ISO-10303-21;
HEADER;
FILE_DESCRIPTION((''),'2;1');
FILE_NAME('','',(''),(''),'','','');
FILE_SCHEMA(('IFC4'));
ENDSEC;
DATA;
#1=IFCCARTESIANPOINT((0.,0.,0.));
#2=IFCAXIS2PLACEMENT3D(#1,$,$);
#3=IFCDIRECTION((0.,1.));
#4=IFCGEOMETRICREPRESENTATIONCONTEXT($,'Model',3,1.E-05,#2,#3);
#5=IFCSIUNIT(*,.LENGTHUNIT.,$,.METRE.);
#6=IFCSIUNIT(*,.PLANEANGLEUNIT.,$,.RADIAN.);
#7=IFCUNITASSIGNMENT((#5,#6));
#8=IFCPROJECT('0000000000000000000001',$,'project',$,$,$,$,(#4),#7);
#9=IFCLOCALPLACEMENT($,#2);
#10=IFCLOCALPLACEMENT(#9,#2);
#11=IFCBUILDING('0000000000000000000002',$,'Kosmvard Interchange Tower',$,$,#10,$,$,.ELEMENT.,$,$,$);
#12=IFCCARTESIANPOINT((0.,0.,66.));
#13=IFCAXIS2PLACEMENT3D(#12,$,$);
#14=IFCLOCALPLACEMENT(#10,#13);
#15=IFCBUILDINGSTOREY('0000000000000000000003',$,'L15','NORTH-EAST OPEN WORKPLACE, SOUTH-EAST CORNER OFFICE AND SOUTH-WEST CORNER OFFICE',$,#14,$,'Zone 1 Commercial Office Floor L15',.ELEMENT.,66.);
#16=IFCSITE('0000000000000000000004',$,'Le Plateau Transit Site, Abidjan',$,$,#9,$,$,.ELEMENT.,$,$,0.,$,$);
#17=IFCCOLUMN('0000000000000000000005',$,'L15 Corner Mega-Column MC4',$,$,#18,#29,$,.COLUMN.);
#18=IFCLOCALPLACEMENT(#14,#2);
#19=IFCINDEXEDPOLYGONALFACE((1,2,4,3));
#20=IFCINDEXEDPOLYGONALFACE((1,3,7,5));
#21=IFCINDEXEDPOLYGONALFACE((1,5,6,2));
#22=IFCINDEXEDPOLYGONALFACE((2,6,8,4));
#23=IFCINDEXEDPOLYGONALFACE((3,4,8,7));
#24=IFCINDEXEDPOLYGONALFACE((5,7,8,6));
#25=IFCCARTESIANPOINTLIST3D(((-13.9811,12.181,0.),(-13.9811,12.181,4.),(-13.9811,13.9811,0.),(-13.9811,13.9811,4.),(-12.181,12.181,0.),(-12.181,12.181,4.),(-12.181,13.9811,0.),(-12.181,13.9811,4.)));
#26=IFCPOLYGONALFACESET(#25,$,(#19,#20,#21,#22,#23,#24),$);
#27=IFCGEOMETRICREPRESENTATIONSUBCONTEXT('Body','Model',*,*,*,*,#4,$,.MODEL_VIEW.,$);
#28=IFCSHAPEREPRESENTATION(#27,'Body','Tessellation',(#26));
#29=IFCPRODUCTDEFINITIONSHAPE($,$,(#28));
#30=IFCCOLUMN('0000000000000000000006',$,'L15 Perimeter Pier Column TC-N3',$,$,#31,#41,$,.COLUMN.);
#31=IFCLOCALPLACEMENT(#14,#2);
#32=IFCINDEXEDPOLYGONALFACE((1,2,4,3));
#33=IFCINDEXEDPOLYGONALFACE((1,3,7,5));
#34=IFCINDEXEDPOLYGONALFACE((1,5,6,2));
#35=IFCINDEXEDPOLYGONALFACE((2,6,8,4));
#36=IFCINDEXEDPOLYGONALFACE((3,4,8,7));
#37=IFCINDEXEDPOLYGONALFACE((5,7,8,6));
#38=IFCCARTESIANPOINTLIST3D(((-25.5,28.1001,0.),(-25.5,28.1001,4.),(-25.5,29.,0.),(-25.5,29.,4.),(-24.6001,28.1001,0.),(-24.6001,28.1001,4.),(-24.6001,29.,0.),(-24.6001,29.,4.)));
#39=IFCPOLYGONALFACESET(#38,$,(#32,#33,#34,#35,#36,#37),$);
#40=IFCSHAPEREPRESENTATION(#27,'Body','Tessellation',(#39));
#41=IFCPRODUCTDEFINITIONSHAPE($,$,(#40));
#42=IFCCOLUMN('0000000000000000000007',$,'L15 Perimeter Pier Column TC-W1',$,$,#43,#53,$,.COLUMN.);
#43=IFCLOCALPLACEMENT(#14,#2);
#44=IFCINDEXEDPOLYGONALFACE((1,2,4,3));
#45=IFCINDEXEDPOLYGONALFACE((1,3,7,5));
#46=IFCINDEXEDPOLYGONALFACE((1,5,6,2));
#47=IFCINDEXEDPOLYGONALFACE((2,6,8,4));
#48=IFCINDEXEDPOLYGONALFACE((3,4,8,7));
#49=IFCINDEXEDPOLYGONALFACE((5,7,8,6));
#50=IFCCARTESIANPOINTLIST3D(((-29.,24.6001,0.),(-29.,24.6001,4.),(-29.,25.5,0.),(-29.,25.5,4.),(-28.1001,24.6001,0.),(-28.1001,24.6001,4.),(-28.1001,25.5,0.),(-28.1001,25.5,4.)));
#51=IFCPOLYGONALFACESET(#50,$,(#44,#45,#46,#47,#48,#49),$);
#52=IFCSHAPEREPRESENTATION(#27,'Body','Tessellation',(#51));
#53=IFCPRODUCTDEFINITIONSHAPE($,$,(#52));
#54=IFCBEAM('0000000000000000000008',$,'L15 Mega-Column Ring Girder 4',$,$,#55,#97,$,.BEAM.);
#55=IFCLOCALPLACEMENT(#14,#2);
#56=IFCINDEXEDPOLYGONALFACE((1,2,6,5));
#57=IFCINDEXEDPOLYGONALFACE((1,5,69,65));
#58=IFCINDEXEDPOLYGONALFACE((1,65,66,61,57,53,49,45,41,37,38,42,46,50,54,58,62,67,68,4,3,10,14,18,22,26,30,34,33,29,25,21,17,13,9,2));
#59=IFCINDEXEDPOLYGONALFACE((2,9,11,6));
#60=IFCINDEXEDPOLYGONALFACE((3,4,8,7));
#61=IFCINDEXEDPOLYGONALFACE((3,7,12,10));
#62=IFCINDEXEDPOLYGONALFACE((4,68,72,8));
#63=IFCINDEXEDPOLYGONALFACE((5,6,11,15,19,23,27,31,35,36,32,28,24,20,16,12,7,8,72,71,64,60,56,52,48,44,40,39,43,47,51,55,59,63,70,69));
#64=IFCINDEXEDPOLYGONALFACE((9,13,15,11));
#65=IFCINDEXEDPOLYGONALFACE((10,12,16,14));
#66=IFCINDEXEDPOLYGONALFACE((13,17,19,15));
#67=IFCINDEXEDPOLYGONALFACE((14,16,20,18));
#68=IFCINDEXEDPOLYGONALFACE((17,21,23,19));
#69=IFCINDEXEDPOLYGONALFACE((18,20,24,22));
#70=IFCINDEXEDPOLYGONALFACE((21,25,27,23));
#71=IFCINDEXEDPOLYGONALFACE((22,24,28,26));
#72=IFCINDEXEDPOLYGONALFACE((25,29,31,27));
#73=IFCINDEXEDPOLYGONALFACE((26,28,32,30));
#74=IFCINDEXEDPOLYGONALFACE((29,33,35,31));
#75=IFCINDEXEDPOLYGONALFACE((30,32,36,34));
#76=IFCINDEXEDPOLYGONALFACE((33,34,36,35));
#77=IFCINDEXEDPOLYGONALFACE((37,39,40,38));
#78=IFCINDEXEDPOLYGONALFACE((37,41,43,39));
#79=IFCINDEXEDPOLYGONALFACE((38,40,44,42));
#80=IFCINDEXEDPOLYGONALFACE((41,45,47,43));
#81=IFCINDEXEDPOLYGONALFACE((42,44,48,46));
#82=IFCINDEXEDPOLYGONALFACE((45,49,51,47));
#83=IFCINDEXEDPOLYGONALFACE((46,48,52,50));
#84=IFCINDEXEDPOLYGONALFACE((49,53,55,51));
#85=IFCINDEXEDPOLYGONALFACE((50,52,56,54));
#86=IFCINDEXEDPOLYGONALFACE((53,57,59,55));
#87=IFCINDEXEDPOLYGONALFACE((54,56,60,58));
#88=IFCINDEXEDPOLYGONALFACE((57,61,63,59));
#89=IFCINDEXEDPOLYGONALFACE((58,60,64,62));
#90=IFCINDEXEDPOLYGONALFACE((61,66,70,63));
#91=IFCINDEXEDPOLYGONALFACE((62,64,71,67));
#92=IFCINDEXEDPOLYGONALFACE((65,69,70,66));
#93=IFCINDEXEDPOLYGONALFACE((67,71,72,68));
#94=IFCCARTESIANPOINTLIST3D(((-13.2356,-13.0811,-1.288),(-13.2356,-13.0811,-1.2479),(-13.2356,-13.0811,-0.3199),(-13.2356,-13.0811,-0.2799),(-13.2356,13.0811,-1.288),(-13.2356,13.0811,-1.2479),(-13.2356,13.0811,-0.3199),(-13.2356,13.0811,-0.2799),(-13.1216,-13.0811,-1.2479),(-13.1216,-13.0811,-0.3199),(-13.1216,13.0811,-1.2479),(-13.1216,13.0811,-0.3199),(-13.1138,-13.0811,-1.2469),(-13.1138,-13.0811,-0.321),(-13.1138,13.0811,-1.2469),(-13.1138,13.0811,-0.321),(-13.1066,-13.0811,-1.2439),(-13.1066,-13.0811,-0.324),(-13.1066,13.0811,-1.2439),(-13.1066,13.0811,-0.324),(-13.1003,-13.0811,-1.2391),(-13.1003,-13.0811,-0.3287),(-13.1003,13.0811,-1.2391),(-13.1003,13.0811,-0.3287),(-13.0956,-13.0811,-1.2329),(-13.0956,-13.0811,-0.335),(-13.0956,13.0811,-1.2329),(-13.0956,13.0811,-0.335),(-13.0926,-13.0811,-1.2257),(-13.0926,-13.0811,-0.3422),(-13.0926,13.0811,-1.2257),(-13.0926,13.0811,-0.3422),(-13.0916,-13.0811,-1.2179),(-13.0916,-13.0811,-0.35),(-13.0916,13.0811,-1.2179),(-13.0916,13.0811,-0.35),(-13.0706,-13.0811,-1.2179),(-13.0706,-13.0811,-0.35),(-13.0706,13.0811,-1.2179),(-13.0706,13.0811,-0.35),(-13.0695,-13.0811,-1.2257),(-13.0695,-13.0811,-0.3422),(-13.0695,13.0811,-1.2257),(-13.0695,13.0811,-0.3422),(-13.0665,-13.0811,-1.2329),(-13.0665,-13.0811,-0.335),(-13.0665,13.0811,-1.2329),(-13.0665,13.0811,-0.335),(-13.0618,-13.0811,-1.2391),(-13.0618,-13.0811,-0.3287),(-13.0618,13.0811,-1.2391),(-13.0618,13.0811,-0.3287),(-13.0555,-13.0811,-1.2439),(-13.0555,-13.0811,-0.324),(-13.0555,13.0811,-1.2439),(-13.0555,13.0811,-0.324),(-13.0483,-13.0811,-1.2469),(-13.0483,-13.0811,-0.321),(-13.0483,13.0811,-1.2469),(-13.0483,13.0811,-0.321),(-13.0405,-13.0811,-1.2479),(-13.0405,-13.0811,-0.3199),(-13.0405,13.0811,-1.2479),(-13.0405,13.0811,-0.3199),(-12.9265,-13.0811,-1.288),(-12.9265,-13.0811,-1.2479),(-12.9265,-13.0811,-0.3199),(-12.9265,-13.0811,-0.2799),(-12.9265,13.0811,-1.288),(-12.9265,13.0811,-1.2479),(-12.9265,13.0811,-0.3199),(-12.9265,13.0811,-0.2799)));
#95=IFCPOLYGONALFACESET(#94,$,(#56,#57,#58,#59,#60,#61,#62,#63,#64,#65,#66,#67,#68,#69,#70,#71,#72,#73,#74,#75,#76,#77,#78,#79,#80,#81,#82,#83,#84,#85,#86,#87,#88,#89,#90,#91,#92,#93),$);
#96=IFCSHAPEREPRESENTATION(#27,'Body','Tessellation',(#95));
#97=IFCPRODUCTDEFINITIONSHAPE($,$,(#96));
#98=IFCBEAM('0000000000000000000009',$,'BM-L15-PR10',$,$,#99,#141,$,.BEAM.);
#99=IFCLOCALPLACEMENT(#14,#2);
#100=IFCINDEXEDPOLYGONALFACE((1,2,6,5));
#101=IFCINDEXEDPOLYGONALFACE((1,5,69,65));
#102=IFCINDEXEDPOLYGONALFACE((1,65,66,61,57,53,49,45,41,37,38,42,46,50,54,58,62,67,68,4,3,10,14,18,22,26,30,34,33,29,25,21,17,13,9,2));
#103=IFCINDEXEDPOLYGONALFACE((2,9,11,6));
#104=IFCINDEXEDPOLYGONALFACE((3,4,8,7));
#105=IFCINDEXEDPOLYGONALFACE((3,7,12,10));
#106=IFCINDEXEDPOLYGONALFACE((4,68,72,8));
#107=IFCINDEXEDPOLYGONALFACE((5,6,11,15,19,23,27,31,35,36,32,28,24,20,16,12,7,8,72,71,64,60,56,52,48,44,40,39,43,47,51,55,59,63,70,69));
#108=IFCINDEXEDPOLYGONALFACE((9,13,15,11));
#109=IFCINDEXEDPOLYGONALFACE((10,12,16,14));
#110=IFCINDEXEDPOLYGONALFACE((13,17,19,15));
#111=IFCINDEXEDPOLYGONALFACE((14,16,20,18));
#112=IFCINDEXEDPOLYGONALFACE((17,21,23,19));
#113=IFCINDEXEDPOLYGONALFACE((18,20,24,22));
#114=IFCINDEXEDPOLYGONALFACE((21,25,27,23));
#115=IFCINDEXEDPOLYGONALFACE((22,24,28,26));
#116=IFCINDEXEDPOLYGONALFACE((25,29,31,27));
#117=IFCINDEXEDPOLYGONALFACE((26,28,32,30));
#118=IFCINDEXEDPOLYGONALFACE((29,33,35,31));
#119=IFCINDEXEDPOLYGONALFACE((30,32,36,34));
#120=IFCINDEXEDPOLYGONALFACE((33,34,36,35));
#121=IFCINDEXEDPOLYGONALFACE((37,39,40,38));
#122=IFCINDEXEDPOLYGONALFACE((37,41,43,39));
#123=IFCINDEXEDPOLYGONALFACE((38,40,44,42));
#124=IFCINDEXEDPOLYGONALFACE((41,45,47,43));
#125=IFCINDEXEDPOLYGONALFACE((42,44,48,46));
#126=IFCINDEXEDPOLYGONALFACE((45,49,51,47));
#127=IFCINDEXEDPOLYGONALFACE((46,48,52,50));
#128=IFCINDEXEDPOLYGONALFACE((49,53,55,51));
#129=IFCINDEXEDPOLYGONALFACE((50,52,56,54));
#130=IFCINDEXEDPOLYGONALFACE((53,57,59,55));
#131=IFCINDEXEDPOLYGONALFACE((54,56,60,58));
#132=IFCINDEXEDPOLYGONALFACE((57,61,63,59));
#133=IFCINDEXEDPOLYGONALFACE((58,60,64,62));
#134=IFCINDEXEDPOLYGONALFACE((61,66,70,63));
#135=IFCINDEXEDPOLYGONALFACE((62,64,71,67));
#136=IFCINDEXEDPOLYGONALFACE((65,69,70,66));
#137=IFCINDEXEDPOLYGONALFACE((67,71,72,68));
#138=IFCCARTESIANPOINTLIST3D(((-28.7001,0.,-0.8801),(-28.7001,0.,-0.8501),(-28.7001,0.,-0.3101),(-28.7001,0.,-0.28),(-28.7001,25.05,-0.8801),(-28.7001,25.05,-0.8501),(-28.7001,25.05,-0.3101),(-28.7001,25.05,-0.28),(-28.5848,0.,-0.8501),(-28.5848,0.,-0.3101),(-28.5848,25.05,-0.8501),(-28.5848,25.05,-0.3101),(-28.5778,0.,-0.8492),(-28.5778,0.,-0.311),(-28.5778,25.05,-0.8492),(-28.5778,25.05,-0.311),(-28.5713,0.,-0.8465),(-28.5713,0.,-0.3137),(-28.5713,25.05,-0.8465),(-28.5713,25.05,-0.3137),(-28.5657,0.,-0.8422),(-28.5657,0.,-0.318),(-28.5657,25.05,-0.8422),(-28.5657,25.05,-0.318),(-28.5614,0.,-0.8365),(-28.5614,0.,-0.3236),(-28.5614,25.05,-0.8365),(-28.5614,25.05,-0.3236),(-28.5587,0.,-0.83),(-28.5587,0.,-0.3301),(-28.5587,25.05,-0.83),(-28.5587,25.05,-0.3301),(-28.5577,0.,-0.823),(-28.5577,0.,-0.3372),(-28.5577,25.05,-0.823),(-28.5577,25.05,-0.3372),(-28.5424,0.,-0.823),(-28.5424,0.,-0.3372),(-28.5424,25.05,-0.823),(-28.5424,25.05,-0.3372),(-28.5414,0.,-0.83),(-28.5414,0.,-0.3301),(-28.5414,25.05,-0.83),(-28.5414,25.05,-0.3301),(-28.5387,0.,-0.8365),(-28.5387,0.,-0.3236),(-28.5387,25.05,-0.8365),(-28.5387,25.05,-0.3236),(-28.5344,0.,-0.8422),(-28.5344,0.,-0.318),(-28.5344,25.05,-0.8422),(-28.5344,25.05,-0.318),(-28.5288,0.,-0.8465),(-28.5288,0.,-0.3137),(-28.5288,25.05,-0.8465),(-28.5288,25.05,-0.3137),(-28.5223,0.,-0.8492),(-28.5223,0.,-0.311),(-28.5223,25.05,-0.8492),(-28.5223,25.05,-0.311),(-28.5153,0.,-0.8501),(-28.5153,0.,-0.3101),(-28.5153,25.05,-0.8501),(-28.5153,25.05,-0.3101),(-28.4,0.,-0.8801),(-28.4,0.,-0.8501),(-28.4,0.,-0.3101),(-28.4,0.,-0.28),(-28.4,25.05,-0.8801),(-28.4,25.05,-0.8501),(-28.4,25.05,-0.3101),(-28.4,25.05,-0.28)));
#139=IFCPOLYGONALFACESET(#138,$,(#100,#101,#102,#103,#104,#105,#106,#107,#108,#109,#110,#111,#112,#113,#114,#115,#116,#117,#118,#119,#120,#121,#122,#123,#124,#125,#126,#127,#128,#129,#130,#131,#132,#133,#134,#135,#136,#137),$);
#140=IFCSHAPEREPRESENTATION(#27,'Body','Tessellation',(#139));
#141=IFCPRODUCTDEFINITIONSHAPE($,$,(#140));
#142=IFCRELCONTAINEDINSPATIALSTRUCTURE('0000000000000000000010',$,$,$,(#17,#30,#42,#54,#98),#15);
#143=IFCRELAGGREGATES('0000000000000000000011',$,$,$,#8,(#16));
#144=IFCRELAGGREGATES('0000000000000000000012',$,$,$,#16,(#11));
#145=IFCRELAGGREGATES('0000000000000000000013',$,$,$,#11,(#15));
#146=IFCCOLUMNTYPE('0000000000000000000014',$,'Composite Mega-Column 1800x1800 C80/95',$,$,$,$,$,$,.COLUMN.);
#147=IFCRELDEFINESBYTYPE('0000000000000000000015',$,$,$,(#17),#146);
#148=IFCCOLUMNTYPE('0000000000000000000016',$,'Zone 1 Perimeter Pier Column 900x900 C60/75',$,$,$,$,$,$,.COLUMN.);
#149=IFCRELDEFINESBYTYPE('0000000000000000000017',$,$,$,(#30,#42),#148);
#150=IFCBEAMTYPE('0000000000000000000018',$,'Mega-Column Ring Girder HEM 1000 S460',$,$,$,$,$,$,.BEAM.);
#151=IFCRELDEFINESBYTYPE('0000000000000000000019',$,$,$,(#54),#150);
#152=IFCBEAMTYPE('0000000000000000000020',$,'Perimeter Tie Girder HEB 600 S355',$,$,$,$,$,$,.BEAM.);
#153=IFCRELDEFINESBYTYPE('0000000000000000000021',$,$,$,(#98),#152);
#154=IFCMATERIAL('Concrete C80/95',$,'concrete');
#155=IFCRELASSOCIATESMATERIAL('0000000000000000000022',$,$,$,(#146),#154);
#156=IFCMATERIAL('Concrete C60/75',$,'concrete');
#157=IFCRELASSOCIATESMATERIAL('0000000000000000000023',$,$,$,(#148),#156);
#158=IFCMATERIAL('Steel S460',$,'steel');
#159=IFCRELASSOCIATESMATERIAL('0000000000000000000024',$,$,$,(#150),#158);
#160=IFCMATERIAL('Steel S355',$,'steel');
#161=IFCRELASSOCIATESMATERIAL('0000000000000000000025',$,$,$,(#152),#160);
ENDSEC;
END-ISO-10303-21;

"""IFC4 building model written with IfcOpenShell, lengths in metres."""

from ifc_helpers import new_model, si_unit, direction, frame, origin, origin_2d, place, context, subcontext, project, spatial, rectangle, i_section, extrude, source, transform, mapped, material, material_profile, profile_set, type_object, element, save


model = new_model("IFC4")

# Units and contexts
model_context = context("Model", 3, precision=1e-05, world=origin(), true_north=direction((0.0, 1.0)))
body_context = subcontext(model_context, "Body", "Model", "MODEL_VIEW")
ifc_project = project(units=[si_unit("LENGTHUNIT", "METRE"), si_unit("PLANEANGLEUNIT", "RADIAN")], contexts=[model_context])

# Site, building, storey
site_placement = place(None, origin())
site = spatial("IfcSite", under=ifc_project, at=site_placement, Name="Le Plateau Transit Site, Abidjan", CompositionType="ELEMENT", RefElevation=0.0)
building_placement = place(site_placement, origin())
building = spatial("IfcBuilding", under=site, at=building_placement, Name="Kosmvard Interchange Tower", CompositionType="ELEMENT")
storey_placement = place(building_placement, frame((0.0, 0.0, 66.0)))
storey = spatial("IfcBuildingStorey", under=building, at=storey_placement, Name="L15", Description="NORTH-EAST OPEN WORKPLACE, SOUTH-EAST CORNER OFFICE AND SOUTH-WEST CORNER OFFICE", LongName="Zone 1 Commercial Office Floor L15", CompositionType="ELEMENT", Elevation=66.0)

# Columns
ifc_material_1 = material(Name="Concrete C80/95", Category="concrete")
ifc_material_profile_1 = material_profile(ifc_material_1, rectangle(XDim=1.8, YDim=1.8, at=origin_2d()), Name="MC 1800x1800")
ifc_profile_set_1 = profile_set([ifc_material_profile_1], Name="Concrete C80/95")
column_type_1 = type_object("IfcColumnType", Name="Composite Mega-Column 1800x1800 C80/95", PredefinedType="COLUMN", material=ifc_profile_set_1)
shared_shape_1 = source(origin(), body_context, "Body", "SweptSolid", [
    extrude(rectangle(XDim=1.8, YDim=1.8, at=origin_2d()), origin(), (0.0, 0.0, 1.0), 4.0),
])
column_placement = place(storey_placement, frame((-13.0811, 13.0811, 0.0), z_axis=(0.0, 0.0, 1.0), x_axis=(1.0, 0.0, 0.0)))
element("IfcColumn", 1, at=column_placement, inside=storey, type_object=column_type_1, Name="L15 Corner Mega-Column MC4", PredefinedType="COLUMN", context=body_context, shape_type="MappedRepresentation", body=[
    mapped(shared_shape_1, transform((0.0, 0.0, 0.0), scale=1.0)),
])
ifc_material_2 = material(Name="Concrete C60/75", Category="concrete")
ifc_material_profile_2 = material_profile(ifc_material_2, rectangle(XDim=0.8999, YDim=0.8999, at=origin_2d()), Name="TC 900x900")
ifc_profile_set_2 = profile_set([ifc_material_profile_2], Name="Concrete C60/75")
column_type_2 = type_object("IfcColumnType", Name="Zone 1 Perimeter Pier Column 900x900 C60/75", PredefinedType="COLUMN", material=ifc_profile_set_2)
shared_shape_2 = source(origin(), body_context, "Body", "SweptSolid", [
    extrude(rectangle(XDim=0.8999, YDim=0.8999, at=origin_2d()), origin(), (0.0, 0.0, 1.0), 4.0),
])
for number, where, z_axis, x_axis, name in (
    (2, (-25.05, 28.55, 0.0), (0.0, 0.0, 1.0), (1.0, 0.0, 0.0), "L15 Perimeter Pier Column TC-N3"),
    (3, (-28.55, 25.05, 0.0), (0.0, 0.0, 1.0), (1.0, 0.0, 0.0), "L15 Perimeter Pier Column TC-W1"),
):
    element("IfcColumn", number, at=place(storey_placement, frame(where, z_axis=z_axis, x_axis=x_axis)), inside=storey, type_object=column_type_2, Name=name, PredefinedType="COLUMN", context=body_context, shape_type="MappedRepresentation", body=[
        mapped(shared_shape_2, transform((0.0, 0.0, 0.0), scale=1.0)),
    ])

# Beams
ifc_material_3 = material(Name="Steel S460", Category="steel")
ifc_material_profile_3 = material_profile(ifc_material_3, i_section(OverallWidth=0.3091, OverallDepth=1.0081, WebThickness=0.021, FlangeThickness=0.04, FilletRadius=0.03, at=origin_2d()), Name="HEM 1000")
ifc_profile_set_3 = profile_set([ifc_material_profile_3], Name="Steel S460")
beam_type_1 = type_object("IfcBeamType", Name="Mega-Column Ring Girder HEM 1000 S460", PredefinedType="BEAM", material=ifc_profile_set_3)
shared_shape_3 = source(origin(), body_context, "Body", "SweptSolid", [
    extrude(i_section(OverallWidth=0.3091, OverallDepth=1.0081, WebThickness=0.021, FlangeThickness=0.04, FilletRadius=0.03, at=origin_2d()), origin(), (0.0, 0.0, 1.0), 26.1621),
])
beam_1_placement = place(storey_placement, frame((-13.0811, 13.0811, -0.7839), z_axis=(0.0, -1.0, 0.0), x_axis=(1.0, 0.0, 0.0)))
element("IfcBeam", 4, at=beam_1_placement, inside=storey, type_object=beam_type_1, Name="L15 Mega-Column Ring Girder 4", PredefinedType="BEAM", context=body_context, shape_type="MappedRepresentation", body=[
    mapped(shared_shape_3, transform((0.0, 0.0, 0.0), scale=1.0)),
])
ifc_material_4 = material(Name="Steel S355", Category="steel")
ifc_material_profile_4 = material_profile(ifc_material_4, i_section(OverallWidth=0.3, OverallDepth=0.6001, WebThickness=0.0154, FlangeThickness=0.03, FilletRadius=0.0271, at=origin_2d()), Name="HEB 600")
ifc_profile_set_4 = profile_set([ifc_material_profile_4], Name="Steel S355")
beam_type_2 = type_object("IfcBeamType", Name="Perimeter Tie Girder HEB 600 S355", PredefinedType="BEAM", material=ifc_profile_set_4)
shared_shape_4 = source(origin(), body_context, "Body", "SweptSolid", [
    extrude(i_section(OverallWidth=0.3, OverallDepth=0.6001, WebThickness=0.0154, FlangeThickness=0.03, FilletRadius=0.0271, at=origin_2d()), origin(), (0.0, 0.0, 1.0), 25.05),
])
beam_2_placement = place(storey_placement, frame((-28.55, 25.05, -0.5801), z_axis=(0.0, -1.0, 0.0), x_axis=(1.0, 0.0, 0.0)))
element("IfcBeam", 5, at=beam_2_placement, inside=storey, type_object=beam_type_2, Name="BM-L15-PR10", PredefinedType="BEAM", context=body_context, shape_type="MappedRepresentation", body=[
    mapped(shared_shape_4, transform((0.0, 0.0, 0.0), scale=1.0)),
])

save(model, "model.ifc")
